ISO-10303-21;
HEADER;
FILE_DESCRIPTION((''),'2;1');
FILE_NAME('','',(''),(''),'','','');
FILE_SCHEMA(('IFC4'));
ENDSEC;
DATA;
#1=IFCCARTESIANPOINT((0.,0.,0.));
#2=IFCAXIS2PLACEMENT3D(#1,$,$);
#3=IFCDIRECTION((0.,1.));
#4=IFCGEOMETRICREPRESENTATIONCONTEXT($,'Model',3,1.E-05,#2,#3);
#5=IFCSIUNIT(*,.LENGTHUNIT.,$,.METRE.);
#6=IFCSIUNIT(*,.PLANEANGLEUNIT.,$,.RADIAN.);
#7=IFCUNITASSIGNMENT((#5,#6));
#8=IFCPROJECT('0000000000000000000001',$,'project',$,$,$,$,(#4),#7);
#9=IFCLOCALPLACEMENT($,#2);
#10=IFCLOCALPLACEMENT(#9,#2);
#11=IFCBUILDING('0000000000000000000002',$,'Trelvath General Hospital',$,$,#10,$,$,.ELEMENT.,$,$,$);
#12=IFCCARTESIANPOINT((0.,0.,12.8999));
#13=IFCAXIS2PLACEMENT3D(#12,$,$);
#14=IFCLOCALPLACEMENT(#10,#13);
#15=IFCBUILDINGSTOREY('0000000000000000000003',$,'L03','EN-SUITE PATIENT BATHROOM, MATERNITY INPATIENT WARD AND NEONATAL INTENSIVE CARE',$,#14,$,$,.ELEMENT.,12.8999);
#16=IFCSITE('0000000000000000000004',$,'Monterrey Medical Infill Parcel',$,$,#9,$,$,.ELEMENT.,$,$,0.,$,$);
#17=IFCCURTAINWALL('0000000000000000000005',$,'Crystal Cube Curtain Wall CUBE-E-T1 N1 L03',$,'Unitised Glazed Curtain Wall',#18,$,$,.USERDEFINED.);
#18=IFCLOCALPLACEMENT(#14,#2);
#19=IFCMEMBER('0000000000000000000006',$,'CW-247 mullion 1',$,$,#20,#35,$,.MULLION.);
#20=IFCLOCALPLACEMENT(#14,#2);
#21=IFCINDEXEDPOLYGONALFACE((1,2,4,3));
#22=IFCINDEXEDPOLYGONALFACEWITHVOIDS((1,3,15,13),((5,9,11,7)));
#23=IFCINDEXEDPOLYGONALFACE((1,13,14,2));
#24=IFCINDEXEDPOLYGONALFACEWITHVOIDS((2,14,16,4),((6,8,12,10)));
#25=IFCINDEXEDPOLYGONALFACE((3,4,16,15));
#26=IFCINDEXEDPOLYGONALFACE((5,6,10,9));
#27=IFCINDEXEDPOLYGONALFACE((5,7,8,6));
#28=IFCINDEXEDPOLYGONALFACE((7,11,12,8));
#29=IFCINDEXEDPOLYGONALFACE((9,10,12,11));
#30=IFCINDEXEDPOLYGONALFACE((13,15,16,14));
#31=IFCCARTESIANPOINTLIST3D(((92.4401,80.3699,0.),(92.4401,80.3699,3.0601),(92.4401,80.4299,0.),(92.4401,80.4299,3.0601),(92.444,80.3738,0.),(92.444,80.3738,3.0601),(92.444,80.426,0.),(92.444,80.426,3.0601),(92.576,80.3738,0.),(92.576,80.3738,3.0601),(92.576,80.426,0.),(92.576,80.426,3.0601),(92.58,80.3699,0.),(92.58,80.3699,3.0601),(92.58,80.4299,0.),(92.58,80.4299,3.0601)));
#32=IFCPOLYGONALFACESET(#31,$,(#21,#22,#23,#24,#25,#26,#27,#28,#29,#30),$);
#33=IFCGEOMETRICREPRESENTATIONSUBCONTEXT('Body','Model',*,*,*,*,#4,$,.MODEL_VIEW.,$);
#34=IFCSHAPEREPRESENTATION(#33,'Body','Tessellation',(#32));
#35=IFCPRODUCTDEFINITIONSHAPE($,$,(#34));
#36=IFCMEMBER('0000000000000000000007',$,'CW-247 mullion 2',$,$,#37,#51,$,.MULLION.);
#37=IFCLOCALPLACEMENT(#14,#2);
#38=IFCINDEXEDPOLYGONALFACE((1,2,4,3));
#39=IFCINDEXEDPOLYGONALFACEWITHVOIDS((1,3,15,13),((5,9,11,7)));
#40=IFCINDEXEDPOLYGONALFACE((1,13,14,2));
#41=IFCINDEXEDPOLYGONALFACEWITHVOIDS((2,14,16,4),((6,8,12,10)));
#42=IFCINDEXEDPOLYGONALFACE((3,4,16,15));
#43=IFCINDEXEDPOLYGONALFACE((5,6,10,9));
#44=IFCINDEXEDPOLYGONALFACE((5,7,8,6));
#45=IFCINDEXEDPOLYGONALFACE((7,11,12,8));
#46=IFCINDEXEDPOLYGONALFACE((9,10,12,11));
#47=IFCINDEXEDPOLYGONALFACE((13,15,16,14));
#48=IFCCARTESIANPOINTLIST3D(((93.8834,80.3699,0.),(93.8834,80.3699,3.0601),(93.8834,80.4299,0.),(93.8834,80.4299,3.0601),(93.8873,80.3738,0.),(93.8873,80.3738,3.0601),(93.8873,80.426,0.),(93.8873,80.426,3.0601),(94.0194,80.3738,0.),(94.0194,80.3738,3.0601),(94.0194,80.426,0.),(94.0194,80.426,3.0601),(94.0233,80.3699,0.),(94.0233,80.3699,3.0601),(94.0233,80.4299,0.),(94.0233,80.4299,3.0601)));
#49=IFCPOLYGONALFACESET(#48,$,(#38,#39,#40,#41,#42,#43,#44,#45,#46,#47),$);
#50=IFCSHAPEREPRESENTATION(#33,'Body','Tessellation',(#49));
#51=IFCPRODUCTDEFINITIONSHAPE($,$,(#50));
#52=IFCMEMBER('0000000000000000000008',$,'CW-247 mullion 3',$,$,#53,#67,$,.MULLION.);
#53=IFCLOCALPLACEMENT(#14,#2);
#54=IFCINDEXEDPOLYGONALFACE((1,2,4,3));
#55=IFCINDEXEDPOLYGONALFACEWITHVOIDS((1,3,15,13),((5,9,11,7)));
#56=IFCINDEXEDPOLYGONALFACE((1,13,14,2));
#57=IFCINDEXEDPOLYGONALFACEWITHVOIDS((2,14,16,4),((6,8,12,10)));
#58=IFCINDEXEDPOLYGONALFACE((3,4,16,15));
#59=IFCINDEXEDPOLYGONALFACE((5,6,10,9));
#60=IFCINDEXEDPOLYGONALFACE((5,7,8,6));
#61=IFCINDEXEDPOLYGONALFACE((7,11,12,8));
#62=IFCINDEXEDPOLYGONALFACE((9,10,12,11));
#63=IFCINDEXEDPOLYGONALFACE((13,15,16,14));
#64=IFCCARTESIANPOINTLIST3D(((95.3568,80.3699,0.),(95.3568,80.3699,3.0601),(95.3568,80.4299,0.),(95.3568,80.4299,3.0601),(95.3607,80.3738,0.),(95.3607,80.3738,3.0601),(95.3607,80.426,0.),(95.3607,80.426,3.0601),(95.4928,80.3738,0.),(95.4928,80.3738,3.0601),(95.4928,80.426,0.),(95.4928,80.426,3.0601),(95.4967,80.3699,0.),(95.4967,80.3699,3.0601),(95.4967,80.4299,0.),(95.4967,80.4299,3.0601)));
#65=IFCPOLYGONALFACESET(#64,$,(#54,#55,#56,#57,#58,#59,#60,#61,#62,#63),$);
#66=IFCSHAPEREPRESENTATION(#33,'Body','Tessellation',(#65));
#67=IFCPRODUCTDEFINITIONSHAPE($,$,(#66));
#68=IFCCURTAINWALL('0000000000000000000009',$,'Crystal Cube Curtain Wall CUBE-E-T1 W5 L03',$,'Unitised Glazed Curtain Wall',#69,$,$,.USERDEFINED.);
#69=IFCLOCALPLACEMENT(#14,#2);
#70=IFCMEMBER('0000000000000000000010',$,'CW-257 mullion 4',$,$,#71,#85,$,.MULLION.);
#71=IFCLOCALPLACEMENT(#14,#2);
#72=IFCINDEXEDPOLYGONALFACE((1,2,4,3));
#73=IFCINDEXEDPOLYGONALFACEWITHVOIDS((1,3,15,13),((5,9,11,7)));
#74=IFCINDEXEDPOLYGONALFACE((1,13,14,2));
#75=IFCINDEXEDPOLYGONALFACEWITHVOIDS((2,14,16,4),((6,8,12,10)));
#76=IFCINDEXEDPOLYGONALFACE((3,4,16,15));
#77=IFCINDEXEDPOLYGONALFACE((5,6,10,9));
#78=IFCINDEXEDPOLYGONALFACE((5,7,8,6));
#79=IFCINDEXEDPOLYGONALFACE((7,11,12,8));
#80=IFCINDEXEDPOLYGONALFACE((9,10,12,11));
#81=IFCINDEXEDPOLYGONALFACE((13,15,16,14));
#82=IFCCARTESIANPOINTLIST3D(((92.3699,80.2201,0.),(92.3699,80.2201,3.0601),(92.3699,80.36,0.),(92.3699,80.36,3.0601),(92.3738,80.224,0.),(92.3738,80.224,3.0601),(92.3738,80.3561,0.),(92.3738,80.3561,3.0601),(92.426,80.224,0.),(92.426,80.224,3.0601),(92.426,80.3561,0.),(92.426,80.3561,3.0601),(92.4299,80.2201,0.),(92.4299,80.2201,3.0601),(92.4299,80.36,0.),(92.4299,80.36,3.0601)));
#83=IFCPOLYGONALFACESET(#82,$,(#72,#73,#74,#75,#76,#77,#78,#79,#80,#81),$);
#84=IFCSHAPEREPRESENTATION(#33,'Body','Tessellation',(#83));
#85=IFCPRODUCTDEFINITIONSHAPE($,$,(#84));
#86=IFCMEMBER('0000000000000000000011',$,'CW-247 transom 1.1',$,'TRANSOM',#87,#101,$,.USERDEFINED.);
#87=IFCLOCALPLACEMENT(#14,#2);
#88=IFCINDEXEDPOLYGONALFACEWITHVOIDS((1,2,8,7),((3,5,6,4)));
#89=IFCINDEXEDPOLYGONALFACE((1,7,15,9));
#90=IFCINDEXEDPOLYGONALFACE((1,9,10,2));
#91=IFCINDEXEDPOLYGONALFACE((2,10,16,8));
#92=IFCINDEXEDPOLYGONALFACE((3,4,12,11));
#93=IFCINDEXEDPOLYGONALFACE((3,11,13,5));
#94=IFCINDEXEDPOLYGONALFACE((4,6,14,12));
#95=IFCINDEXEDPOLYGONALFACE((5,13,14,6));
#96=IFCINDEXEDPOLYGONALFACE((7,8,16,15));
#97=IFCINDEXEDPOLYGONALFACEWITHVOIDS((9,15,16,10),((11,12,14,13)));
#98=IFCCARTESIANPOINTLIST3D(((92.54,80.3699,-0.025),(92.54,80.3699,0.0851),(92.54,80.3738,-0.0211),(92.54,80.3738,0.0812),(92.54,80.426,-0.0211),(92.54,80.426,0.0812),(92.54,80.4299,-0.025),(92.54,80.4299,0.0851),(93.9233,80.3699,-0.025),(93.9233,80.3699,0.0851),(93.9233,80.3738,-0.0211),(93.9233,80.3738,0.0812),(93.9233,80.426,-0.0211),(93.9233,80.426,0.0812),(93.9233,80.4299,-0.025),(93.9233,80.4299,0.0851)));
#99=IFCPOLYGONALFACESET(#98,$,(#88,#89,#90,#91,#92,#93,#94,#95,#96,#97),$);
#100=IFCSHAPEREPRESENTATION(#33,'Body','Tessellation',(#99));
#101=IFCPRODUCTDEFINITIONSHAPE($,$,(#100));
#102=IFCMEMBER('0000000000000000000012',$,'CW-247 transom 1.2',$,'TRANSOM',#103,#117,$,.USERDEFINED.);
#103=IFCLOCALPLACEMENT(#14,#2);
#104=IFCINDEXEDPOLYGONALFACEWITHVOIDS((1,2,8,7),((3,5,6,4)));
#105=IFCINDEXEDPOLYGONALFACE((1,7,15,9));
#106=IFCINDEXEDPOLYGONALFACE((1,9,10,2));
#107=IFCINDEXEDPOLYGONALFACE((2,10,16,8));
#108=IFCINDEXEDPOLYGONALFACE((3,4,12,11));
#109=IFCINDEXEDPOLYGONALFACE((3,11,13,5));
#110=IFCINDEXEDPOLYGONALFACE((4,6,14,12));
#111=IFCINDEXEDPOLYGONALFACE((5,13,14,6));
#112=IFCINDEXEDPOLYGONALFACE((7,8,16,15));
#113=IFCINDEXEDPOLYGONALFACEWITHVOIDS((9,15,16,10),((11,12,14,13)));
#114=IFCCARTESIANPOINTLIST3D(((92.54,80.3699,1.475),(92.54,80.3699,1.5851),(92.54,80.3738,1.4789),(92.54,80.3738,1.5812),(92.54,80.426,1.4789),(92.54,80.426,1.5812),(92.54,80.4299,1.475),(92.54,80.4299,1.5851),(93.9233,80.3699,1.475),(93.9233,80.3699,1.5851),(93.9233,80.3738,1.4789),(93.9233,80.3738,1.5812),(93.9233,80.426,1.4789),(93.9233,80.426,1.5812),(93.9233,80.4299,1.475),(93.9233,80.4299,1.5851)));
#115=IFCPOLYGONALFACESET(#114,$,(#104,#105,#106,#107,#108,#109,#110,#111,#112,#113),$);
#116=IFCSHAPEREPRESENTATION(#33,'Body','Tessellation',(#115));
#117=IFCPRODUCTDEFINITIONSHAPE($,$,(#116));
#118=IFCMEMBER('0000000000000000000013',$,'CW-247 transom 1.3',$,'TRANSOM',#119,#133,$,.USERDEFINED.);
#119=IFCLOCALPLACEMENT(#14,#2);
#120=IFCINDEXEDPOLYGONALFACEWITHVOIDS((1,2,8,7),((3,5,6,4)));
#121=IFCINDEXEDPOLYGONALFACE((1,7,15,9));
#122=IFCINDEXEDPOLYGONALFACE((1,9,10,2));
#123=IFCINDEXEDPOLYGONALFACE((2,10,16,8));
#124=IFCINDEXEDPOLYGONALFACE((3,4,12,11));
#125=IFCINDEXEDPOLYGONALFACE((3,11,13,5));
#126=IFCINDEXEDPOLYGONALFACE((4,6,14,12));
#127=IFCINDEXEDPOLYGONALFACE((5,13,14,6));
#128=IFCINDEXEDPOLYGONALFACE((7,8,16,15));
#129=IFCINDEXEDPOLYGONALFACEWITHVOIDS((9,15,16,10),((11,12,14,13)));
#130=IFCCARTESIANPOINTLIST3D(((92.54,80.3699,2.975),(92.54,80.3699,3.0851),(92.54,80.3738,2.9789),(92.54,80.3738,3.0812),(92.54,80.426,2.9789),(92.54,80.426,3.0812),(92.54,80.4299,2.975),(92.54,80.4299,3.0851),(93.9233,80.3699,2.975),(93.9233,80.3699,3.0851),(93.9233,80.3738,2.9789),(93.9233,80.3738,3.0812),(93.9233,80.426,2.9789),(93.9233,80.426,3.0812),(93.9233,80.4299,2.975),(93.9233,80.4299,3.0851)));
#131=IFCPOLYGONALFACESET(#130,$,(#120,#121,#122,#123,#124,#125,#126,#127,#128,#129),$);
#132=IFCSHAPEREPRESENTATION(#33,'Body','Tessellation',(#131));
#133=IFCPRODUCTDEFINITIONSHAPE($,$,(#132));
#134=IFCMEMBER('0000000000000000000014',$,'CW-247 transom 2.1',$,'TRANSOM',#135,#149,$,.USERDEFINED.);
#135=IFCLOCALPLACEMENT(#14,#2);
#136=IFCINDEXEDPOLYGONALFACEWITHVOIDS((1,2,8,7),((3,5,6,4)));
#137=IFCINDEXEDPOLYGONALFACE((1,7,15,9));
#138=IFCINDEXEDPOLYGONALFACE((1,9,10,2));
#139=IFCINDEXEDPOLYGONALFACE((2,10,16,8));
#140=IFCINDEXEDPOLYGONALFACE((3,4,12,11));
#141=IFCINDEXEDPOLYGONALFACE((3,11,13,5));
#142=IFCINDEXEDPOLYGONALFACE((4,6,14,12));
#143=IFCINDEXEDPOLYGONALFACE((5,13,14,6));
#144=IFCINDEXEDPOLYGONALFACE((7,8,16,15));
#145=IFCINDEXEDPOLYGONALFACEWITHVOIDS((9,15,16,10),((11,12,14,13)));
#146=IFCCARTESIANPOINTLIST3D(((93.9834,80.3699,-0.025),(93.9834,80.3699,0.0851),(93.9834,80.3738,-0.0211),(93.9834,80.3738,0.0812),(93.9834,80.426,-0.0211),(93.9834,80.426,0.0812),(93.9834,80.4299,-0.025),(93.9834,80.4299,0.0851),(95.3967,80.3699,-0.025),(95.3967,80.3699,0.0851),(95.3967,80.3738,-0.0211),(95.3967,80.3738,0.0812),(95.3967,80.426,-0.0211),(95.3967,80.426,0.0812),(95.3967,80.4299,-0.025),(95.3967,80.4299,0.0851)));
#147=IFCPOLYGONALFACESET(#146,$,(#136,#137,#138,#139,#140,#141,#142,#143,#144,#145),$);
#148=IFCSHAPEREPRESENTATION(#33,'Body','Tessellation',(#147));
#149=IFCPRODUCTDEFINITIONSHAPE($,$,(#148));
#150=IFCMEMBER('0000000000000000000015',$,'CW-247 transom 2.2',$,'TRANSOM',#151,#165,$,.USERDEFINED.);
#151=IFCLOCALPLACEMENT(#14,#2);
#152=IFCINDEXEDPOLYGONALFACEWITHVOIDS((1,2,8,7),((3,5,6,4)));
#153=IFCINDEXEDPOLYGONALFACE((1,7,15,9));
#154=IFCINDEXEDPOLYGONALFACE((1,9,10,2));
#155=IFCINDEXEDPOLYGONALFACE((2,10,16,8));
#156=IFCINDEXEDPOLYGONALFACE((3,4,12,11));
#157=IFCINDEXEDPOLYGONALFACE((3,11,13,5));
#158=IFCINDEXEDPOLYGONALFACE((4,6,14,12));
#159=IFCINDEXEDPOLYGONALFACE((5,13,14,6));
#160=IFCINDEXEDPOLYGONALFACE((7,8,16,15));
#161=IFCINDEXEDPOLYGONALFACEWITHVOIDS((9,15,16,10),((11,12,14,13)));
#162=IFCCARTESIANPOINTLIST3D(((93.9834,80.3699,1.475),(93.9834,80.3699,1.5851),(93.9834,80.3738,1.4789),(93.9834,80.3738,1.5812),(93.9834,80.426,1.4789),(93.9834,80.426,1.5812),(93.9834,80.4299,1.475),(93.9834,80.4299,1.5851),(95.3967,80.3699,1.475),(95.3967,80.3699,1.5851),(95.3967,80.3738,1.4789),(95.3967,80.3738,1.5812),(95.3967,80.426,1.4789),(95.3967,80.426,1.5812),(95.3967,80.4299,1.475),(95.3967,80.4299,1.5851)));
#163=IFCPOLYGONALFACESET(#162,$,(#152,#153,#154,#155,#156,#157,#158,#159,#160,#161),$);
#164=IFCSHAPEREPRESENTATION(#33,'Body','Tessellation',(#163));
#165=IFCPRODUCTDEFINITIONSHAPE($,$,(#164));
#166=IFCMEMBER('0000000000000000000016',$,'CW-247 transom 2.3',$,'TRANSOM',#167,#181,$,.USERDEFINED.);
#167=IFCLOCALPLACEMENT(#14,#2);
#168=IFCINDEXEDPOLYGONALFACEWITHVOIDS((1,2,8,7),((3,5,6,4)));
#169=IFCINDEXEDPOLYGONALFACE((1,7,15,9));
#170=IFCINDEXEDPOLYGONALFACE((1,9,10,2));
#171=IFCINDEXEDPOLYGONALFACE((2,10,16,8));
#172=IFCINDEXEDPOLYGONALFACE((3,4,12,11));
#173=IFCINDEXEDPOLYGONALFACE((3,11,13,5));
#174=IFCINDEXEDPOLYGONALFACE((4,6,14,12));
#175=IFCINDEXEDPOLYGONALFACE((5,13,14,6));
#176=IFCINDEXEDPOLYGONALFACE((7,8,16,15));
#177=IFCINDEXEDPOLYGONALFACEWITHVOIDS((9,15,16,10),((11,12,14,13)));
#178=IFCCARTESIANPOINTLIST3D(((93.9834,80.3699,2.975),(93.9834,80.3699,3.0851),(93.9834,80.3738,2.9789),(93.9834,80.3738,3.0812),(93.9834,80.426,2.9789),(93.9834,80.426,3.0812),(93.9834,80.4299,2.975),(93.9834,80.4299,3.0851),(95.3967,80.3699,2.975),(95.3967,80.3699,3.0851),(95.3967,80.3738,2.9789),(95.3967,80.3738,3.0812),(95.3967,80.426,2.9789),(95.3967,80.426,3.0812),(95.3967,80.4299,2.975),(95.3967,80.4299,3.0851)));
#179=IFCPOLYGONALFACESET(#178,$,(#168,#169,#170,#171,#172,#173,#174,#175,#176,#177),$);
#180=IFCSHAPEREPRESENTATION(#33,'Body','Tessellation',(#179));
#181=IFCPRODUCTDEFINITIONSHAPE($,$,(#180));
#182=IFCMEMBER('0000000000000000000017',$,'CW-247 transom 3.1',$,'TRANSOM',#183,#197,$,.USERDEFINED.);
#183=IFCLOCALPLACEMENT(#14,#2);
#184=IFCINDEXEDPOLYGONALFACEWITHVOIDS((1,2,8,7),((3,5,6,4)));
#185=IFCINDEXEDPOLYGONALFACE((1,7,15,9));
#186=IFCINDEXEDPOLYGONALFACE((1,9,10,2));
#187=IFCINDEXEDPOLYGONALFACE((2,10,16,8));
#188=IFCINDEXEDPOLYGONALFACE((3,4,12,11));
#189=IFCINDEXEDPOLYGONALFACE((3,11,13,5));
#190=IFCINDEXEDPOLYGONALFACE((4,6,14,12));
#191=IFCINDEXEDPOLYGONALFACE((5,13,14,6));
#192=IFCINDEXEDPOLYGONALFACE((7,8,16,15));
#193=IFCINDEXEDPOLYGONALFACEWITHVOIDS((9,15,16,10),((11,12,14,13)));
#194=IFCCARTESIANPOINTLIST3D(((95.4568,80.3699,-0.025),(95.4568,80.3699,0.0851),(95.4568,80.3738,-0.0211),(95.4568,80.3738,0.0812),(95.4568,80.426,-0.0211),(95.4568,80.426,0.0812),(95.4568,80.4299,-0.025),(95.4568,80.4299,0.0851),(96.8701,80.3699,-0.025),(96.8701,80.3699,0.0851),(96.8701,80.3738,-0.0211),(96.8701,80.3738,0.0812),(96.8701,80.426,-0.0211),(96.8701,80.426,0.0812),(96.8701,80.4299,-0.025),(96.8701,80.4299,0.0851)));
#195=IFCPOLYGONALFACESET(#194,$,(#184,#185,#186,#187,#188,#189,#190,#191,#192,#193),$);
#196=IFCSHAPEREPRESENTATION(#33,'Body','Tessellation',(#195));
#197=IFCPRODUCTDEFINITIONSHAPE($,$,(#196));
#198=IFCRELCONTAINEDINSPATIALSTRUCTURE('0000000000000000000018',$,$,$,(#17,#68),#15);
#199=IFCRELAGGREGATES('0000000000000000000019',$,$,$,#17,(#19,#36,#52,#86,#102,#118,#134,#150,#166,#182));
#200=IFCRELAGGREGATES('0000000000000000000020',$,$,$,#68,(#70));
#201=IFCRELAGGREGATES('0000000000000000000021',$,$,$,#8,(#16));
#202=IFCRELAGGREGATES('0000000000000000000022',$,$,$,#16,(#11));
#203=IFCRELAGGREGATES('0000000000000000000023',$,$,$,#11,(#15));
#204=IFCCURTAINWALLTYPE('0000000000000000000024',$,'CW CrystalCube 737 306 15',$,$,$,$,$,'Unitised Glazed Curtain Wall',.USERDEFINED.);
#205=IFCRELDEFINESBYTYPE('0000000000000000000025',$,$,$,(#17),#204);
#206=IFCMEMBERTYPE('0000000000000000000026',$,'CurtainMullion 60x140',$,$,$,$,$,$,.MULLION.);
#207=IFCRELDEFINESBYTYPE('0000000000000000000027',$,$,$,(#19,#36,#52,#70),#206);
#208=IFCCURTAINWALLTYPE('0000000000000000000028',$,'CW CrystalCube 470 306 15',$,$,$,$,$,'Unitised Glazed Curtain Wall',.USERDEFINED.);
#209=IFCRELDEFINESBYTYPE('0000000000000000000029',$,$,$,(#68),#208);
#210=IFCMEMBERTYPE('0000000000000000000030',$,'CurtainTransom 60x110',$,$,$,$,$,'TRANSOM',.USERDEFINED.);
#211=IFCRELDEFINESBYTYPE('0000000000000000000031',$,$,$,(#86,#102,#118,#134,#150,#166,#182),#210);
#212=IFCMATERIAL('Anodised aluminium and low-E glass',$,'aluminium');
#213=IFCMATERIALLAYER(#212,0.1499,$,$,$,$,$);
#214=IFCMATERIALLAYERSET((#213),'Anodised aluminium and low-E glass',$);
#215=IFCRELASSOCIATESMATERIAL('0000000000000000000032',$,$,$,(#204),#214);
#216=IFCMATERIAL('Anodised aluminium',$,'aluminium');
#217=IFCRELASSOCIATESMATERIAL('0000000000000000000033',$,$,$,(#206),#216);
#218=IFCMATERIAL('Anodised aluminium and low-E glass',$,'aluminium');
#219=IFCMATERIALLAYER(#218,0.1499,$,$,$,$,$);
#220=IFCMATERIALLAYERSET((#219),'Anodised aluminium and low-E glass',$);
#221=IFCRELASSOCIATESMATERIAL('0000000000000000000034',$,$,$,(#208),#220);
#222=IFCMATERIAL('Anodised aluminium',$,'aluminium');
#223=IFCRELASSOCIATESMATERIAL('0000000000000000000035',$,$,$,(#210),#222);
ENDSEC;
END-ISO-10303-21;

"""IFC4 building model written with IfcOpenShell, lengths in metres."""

from ifc_helpers import new_model, si_unit, direction, frame, origin, origin_2d, place, context, subcontext, project, spatial, hollow_rectangle, extrude, material, layer, layer_set, material_profile, profile_set, type_object, element, aggregate, save


model = new_model("IFC4")

# Units and contexts
model_context = context("Model", 3, precision=1e-05, world=origin(), true_north=direction((0.0, 1.0)))
body_context = subcontext(model_context, "Body", "Model", "MODEL_VIEW")
ifc_project = project(units=[si_unit("LENGTHUNIT", "METRE"), si_unit("PLANEANGLEUNIT", "RADIAN")], contexts=[model_context])

# Site, building, storey
site_placement = place(None, origin())
site = spatial("IfcSite", under=ifc_project, at=site_placement, Name="Monterrey Medical Infill Parcel", CompositionType="ELEMENT", RefElevation=0.0)
building_placement = place(site_placement, origin())
building = spatial("IfcBuilding", under=site, at=building_placement, Name="Trelvath General Hospital", CompositionType="ELEMENT")
storey_placement = place(building_placement, frame((0.0, 0.0, 12.8999)))
storey = spatial("IfcBuildingStorey", under=building, at=storey_placement, Name="L03", Description="EN-SUITE PATIENT BATHROOM, MATERNITY INPATIENT WARD AND NEONATAL INTENSIVE CARE", CompositionType="ELEMENT", Elevation=12.8999)

# Curtain wall, members
ifc_material_1 = material(Name="Anodised aluminium and low-E glass", Category="aluminium")
ifc_layer_1 = layer(ifc_material_1, 0.1499)
ifc_layer_set_1 = layer_set([ifc_layer_1], Name="Anodised aluminium and low-E glass")
curtain_wall_type_1 = type_object("IfcCurtainWallType", Name="CW CrystalCube 737 306 15", ElementType="Unitised Glazed Curtain Wall", PredefinedType="USERDEFINED", material=ifc_layer_set_1)
curtain_wall_1_placement = place(storey_placement, origin())
curtain_wall_1 = element("IfcCurtainWall", 1, at=curtain_wall_1_placement, inside=storey, type_object=curtain_wall_type_1, Name="Crystal Cube Curtain Wall CUBE-E-T1 N1 L03", ObjectType="Unitised Glazed Curtain Wall", PredefinedType="USERDEFINED")
ifc_material_2 = material(Name="Anodised aluminium", Category="aluminium")
ifc_material_profile_1 = material_profile(ifc_material_2, hollow_rectangle(XDim=0.0601, YDim=0.1399, WallThickness=0.0039, at=origin_2d()), Name="RHS60x140x4")
ifc_profile_set_1 = profile_set([ifc_material_profile_1], Name="Anodised aluminium")
member_type_1 = type_object("IfcMemberType", Name="CurtainMullion 60x140", PredefinedType="MULLION", material=ifc_profile_set_1)
member_1_placement = place(storey_placement, frame((92.51, 80.3999, 0.0), z_axis=(0.0, 0.0, 1.0), x_axis=(0.0, 1.0, 0.0)))
member_1 = element("IfcMember", 2, at=member_1_placement, type_object=member_type_1, Name="CW-247 mullion 1", PredefinedType="MULLION", context=body_context, shape_type="SweptSolid", body=[
    extrude(hollow_rectangle(XDim=0.0601, YDim=0.1399, WallThickness=0.0039, at=origin_2d()), origin(), (0.0, 0.0, 1.0), 3.0601),
])
member_2_placement = place(storey_placement, frame((93.9534, 80.3999, 0.0), z_axis=(0.0, 0.0, 1.0), x_axis=(0.0, 1.0, 0.0)))
member_2 = element("IfcMember", 3, at=member_2_placement, type_object=member_type_1, Name="CW-247 mullion 2", PredefinedType="MULLION", context=body_context, shape_type="SweptSolid", body=[
    extrude(hollow_rectangle(XDim=0.0601, YDim=0.1399, WallThickness=0.0039, at=origin_2d()), origin(), (0.0, 0.0, 1.0), 3.0601),
])
member_3_placement = place(storey_placement, frame((95.4268, 80.3999, 0.0), z_axis=(0.0, 0.0, 1.0), x_axis=(0.0, 1.0, 0.0)))
member_3 = element("IfcMember", 4, at=member_3_placement, type_object=member_type_1, Name="CW-247 mullion 3", PredefinedType="MULLION", context=body_context, shape_type="SweptSolid", body=[
    extrude(hollow_rectangle(XDim=0.0601, YDim=0.1399, WallThickness=0.0039, at=origin_2d()), origin(), (0.0, 0.0, 1.0), 3.0601),
])

# Curtain wall, member
ifc_material_3 = material(Name="Anodised aluminium and low-E glass", Category="aluminium")
ifc_layer_2 = layer(ifc_material_3, 0.1499)
ifc_layer_set_2 = layer_set([ifc_layer_2], Name="Anodised aluminium and low-E glass")
curtain_wall_type_2 = type_object("IfcCurtainWallType", Name="CW CrystalCube 470 306 15", ElementType="Unitised Glazed Curtain Wall", PredefinedType="USERDEFINED", material=ifc_layer_set_2)
curtain_wall_2_placement = place(storey_placement, origin())
curtain_wall_2 = element("IfcCurtainWall", 5, at=curtain_wall_2_placement, inside=storey, type_object=curtain_wall_type_2, Name="Crystal Cube Curtain Wall CUBE-E-T1 W5 L03", ObjectType="Unitised Glazed Curtain Wall", PredefinedType="USERDEFINED")
member_4_placement = place(storey_placement, frame((92.3999, 80.29, 0.0), z_axis=(0.0, 0.0, 1.0), x_axis=(-1.0, 0.0, 0.0)))
member_4 = element("IfcMember", 6, at=member_4_placement, type_object=member_type_1, Name="CW-257 mullion 4", PredefinedType="MULLION", context=body_context, shape_type="SweptSolid", body=[
    extrude(hollow_rectangle(XDim=0.0601, YDim=0.1399, WallThickness=0.0039, at=origin_2d()), origin(), (0.0, 0.0, 1.0), 3.0601),
])

# Members
ifc_material_4 = material(Name="Anodised aluminium", Category="aluminium")
ifc_material_profile_2 = material_profile(ifc_material_4, hollow_rectangle(XDim=0.0601, YDim=0.1101, WallThickness=0.0039, at=origin_2d()), Name="RHS60x110x4")
ifc_profile_set_2 = profile_set([ifc_material_profile_2], Name="Anodised aluminium")
member_type_2 = type_object("IfcMemberType", Name="CurtainTransom 60x110", ElementType="TRANSOM", PredefinedType="USERDEFINED", material=ifc_profile_set_2)
member_5_placement = place(storey_placement, frame((92.54, 80.3999, 0.03), z_axis=(1.0, 0.0, 0.0), x_axis=(0.0, 1.0, 0.0)))
member_5 = element("IfcMember", 7, at=member_5_placement, type_object=member_type_2, Name="CW-247 transom 1.1", ObjectType="TRANSOM", PredefinedType="USERDEFINED", context=body_context, shape_type="SweptSolid", body=[
    extrude(hollow_rectangle(XDim=0.0601, YDim=0.1101, WallThickness=0.0039, at=origin_2d()), origin(), (0.0, 0.0, 1.0), 1.3833),
])
member_6_placement = place(storey_placement, frame((92.54, 80.3999, 1.53), z_axis=(1.0, 0.0, 0.0), x_axis=(0.0, 1.0, 0.0)))
member_6 = element("IfcMember", 8, at=member_6_placement, type_object=member_type_2, Name="CW-247 transom 1.2", ObjectType="TRANSOM", PredefinedType="USERDEFINED", context=body_context, shape_type="SweptSolid", body=[
    extrude(hollow_rectangle(XDim=0.0601, YDim=0.1101, WallThickness=0.0039, at=origin_2d()), origin(), (0.0, 0.0, 1.0), 1.3833),
])
member_7_placement = place(storey_placement, frame((92.54, 80.3999, 3.03), z_axis=(1.0, 0.0, 0.0), x_axis=(0.0, 1.0, 0.0)))
member_7 = element("IfcMember", 9, at=member_7_placement, type_object=member_type_2, Name="CW-247 transom 1.3", ObjectType="TRANSOM", PredefinedType="USERDEFINED", context=body_context, shape_type="SweptSolid", body=[
    extrude(hollow_rectangle(XDim=0.0601, YDim=0.1101, WallThickness=0.0039, at=origin_2d()), origin(), (0.0, 0.0, 1.0), 1.3833),
])
member_8_placement = place(storey_placement, frame((93.9834, 80.3999, 0.03), z_axis=(1.0, 0.0, 0.0), x_axis=(0.0, 1.0, 0.0)))
member_8 = element("IfcMember", 10, at=member_8_placement, type_object=member_type_2, Name="CW-247 transom 2.1", ObjectType="TRANSOM", PredefinedType="USERDEFINED", context=body_context, shape_type="SweptSolid", body=[
    extrude(hollow_rectangle(XDim=0.0601, YDim=0.1101, WallThickness=0.0039, at=origin_2d()), origin(), (0.0, 0.0, 1.0), 1.4133),
])
member_9_placement = place(storey_placement, frame((93.9834, 80.3999, 1.53), z_axis=(1.0, 0.0, 0.0), x_axis=(0.0, 1.0, 0.0)))
member_9 = element("IfcMember", 11, at=member_9_placement, type_object=member_type_2, Name="CW-247 transom 2.2", ObjectType="TRANSOM", PredefinedType="USERDEFINED", context=body_context, shape_type="SweptSolid", body=[
    extrude(hollow_rectangle(XDim=0.0601, YDim=0.1101, WallThickness=0.0039, at=origin_2d()), origin(), (0.0, 0.0, 1.0), 1.4133),
])
member_10_placement = place(storey_placement, frame((93.9834, 80.3999, 3.03), z_axis=(1.0, 0.0, 0.0), x_axis=(0.0, 1.0, 0.0)))
member_10 = element("IfcMember", 12, at=member_10_placement, type_object=member_type_2, Name="CW-247 transom 2.3", ObjectType="TRANSOM", PredefinedType="USERDEFINED", context=body_context, shape_type="SweptSolid", body=[
    extrude(hollow_rectangle(XDim=0.0601, YDim=0.1101, WallThickness=0.0039, at=origin_2d()), origin(), (0.0, 0.0, 1.0), 1.4133),
])
member_11_placement = place(storey_placement, frame((95.4568, 80.3999, 0.03), z_axis=(1.0, 0.0, 0.0), x_axis=(0.0, 1.0, 0.0)))
member_11 = element("IfcMember", 13, at=member_11_placement, type_object=member_type_2, Name="CW-247 transom 3.1", ObjectType="TRANSOM", PredefinedType="USERDEFINED", context=body_context, shape_type="SweptSolid", body=[
    extrude(hollow_rectangle(XDim=0.0601, YDim=0.1101, WallThickness=0.0039, at=origin_2d()), origin(), (0.0, 0.0, 1.0), 1.4133),
])

aggregate(curtain_wall_1, [member_1, member_2, member_3, member_5, member_6, member_7, member_8, member_9, member_10, member_11])
aggregate(curtain_wall_2, [member_4])

save(model, "model.ifc")
